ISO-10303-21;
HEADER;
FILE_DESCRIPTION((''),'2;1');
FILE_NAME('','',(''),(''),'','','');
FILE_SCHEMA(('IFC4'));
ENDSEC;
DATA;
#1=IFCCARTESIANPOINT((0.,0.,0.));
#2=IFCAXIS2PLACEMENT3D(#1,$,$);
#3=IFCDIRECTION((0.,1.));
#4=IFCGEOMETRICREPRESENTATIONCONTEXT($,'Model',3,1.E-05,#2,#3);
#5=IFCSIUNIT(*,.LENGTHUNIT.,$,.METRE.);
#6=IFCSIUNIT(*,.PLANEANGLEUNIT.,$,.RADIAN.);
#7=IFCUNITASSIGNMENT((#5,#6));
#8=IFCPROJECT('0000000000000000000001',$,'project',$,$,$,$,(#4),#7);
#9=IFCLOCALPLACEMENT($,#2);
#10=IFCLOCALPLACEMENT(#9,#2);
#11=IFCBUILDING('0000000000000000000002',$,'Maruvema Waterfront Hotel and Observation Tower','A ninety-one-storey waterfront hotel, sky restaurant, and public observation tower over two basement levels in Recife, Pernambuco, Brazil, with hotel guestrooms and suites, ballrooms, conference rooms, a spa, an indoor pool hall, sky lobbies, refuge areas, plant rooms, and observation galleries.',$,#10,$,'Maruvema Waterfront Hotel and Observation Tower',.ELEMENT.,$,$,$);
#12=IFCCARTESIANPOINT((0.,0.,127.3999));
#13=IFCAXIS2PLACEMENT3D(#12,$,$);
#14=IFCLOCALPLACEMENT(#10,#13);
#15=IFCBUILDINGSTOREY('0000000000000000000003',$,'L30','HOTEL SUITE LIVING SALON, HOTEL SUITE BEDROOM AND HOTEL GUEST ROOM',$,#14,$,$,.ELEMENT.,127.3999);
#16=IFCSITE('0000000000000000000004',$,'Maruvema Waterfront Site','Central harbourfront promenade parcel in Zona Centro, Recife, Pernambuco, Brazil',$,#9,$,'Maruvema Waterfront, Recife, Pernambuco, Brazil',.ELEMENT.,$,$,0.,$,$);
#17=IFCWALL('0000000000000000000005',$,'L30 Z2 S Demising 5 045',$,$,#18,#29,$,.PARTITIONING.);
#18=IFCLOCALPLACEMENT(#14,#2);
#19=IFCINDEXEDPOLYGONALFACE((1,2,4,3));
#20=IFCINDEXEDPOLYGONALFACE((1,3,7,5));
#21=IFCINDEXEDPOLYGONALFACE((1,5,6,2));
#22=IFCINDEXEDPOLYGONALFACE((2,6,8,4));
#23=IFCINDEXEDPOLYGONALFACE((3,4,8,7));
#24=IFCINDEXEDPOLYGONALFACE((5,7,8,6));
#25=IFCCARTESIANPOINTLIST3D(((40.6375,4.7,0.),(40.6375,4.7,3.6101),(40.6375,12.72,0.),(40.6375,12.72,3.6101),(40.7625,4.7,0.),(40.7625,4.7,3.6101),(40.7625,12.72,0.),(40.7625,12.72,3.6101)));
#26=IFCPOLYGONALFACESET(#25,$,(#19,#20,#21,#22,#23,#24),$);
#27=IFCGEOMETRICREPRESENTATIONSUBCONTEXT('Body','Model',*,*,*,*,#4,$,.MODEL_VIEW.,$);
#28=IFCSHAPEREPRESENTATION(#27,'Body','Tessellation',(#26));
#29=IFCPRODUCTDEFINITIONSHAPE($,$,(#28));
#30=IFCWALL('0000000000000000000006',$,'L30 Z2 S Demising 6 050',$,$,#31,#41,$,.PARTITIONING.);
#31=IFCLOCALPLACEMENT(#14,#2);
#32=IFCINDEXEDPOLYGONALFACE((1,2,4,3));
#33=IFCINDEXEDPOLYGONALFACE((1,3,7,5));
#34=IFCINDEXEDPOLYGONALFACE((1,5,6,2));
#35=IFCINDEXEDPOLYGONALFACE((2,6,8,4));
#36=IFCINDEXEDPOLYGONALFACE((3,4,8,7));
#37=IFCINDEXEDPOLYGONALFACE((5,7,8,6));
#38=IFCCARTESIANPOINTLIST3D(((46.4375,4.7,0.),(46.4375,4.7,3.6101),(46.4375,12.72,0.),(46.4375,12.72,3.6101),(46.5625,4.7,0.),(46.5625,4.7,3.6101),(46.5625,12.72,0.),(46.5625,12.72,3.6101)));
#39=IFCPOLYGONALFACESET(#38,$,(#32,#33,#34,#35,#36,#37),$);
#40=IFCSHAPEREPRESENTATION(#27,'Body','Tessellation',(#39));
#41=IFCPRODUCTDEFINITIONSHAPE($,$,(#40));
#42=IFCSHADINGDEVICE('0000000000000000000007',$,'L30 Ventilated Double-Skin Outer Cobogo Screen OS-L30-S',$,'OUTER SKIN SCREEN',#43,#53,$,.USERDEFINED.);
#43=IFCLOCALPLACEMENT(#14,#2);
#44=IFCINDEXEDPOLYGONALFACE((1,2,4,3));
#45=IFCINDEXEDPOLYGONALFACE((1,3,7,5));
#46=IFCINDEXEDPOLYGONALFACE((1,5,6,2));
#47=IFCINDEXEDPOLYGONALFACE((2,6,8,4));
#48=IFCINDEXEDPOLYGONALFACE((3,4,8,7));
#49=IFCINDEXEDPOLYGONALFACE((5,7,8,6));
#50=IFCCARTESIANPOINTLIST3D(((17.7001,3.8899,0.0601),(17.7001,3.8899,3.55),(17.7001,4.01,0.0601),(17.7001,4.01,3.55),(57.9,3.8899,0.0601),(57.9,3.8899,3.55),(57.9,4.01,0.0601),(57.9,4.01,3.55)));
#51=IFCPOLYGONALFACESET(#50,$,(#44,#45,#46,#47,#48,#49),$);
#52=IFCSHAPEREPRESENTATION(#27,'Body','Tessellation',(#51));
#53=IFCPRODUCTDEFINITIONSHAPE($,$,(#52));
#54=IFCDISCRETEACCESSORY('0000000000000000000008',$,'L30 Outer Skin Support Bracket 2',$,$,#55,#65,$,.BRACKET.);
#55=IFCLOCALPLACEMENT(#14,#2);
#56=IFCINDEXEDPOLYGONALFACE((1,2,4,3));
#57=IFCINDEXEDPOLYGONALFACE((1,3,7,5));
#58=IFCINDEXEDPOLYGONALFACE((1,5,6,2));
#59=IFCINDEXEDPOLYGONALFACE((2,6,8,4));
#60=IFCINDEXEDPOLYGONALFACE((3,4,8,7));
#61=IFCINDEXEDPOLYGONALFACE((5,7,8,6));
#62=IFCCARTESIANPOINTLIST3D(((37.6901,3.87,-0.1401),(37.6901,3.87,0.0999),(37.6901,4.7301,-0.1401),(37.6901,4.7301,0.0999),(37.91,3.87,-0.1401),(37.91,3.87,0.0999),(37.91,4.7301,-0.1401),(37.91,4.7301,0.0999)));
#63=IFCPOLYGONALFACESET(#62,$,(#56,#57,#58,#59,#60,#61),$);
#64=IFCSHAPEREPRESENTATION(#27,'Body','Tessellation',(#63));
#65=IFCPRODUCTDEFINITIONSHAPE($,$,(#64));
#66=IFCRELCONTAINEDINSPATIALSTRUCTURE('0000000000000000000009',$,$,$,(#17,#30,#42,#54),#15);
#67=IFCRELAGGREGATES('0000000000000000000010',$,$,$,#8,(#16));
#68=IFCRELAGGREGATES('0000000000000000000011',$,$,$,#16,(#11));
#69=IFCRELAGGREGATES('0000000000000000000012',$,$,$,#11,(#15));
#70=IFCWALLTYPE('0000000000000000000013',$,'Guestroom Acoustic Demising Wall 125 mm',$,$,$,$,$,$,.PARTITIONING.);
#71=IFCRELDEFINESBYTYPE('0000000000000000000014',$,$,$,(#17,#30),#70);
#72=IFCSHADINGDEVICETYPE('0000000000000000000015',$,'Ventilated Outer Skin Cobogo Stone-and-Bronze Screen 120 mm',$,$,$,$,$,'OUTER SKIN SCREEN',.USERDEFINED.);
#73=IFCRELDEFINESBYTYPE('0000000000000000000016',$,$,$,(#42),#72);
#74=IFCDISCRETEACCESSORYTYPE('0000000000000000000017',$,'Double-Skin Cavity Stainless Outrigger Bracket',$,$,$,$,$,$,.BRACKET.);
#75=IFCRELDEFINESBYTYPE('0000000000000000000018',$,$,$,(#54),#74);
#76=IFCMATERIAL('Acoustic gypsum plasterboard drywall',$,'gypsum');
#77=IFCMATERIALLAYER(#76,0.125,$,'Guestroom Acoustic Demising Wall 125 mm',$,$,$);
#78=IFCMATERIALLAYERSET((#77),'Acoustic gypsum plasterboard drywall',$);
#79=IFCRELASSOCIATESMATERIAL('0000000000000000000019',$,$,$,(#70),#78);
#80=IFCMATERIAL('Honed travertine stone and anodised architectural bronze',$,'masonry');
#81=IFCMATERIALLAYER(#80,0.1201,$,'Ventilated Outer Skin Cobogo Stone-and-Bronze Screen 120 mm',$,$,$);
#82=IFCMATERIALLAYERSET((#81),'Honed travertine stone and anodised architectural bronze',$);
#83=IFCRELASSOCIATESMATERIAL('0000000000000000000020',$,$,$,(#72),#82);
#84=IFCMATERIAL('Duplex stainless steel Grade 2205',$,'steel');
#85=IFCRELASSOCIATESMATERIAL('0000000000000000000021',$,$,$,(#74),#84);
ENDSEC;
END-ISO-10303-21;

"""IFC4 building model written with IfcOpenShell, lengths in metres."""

from ifc_helpers import new_model, si_unit, direction, frame, frame_2d, origin, origin_2d, place, context, subcontext, project, spatial, rectangle, extrude, material, layer, layer_set, type_object, element, save


model = new_model("IFC4")

# Units and contexts
model_context = context("Model", 3, precision=1e-05, world=origin(), true_north=direction((0.0, 1.0)))
body_context = subcontext(model_context, "Body", "Model", "MODEL_VIEW")
ifc_project = project(units=[si_unit("LENGTHUNIT", "METRE"), si_unit("PLANEANGLEUNIT", "RADIAN")], contexts=[model_context])

# Site, building, storey
site_placement = place(None, origin())
site = spatial("IfcSite", under=ifc_project, at=site_placement, Name="Maruvema Waterfront Site", Description="Central harbourfront promenade parcel in Zona Centro, Recife, Pernambuco, Brazil", LongName="Maruvema Waterfront, Recife, Pernambuco, Brazil", CompositionType="ELEMENT", RefElevation=0.0)
building_placement = place(site_placement, origin())
building = spatial("IfcBuilding", under=site, at=building_placement, Name="Maruvema Waterfront Hotel and Observation Tower", Description="A ninety-one-storey waterfront hotel, sky restaurant, and public observation tower over two basement levels in Recife, Pernambuco, Brazil, with hotel guestrooms and suites, ballrooms, conference rooms, a spa, an indoor pool hall, sky lobbies, refuge areas, plant rooms, and observation galleries.", LongName="Maruvema Waterfront Hotel and Observation Tower", CompositionType="ELEMENT")
storey_placement = place(building_placement, frame((0.0, 0.0, 127.3999)))
storey = spatial("IfcBuildingStorey", under=building, at=storey_placement, Name="L30", Description="HOTEL SUITE LIVING SALON, HOTEL SUITE BEDROOM AND HOTEL GUEST ROOM", CompositionType="ELEMENT", Elevation=127.3999)

# Walls
ifc_material_1 = material(Name="Acoustic gypsum plasterboard drywall", Category="gypsum")
ifc_layer_1 = layer(ifc_material_1, 0.125, Name="Guestroom Acoustic Demising Wall 125 mm")
ifc_layer_set_1 = layer_set([ifc_layer_1], Name="Acoustic gypsum plasterboard drywall")
wall_type_1 = type_object("IfcWallType", Name="Guestroom Acoustic Demising Wall 125 mm", PredefinedType="PARTITIONING", material=ifc_layer_set_1)
for number, where, z_axis, x_axis, name in (
    (1, (40.7, 4.7, 0.0), (0.0, 0.0, 1.0), (0.0, 1.0, 0.0), "L30 Z2 S Demising 5 045"),
    (2, (46.5, 4.7, 0.0), (0.0, 0.0, 1.0), (0.0, 1.0, 0.0), "L30 Z2 S Demising 6 050"),
):
    element("IfcWall", number, at=place(storey_placement, frame(where, z_axis=z_axis, x_axis=x_axis)), inside=storey, type_object=wall_type_1, Name=name, PredefinedType="PARTITIONING", context=body_context, shape_type="SweptSolid", body=[
        extrude(rectangle(XDim=8.02, YDim=0.125, at=frame_2d((4.01, 0.0))), origin(), (0.0, 0.0, 1.0), 3.6101),
    ])

# Shading device
ifc_material_2 = material(Name="Honed travertine stone and anodised architectural bronze", Category="masonry")
ifc_layer_2 = layer(ifc_material_2, 0.1201, Name="Ventilated Outer Skin Cobogo Stone-and-Bronze Screen 120 mm")
ifc_layer_set_2 = layer_set([ifc_layer_2], Name="Honed travertine stone and anodised architectural bronze")
shading_device_type = type_object("IfcShadingDeviceType", Name="Ventilated Outer Skin Cobogo Stone-and-Bronze Screen 120 mm", ElementType="OUTER SKIN SCREEN", PredefinedType="USERDEFINED", material=ifc_layer_set_2)
shading_device_placement = place(storey_placement, frame((37.8, 3.95, 0.0601), z_axis=(0.0, 0.0, 1.0), x_axis=(1.0, 0.0, 0.0)))
element("IfcShadingDevice", 3, at=shading_device_placement, inside=storey, type_object=shading_device_type, Name="L30 Ventilated Double-Skin Outer Cobogo Screen OS-L30-S", ObjectType="OUTER SKIN SCREEN", PredefinedType="USERDEFINED", context=body_context, shape_type="SweptSolid", body=[
    extrude(rectangle(XDim=40.2, YDim=0.1201, at=origin_2d()), origin(), (0.0, 0.0, 1.0), 3.49),
])

# Discrete accessory
ifc_material_3 = material(Name="Duplex stainless steel Grade 2205", Category="steel")
discrete_accessory_type = type_object("IfcDiscreteAccessoryType", Name="Double-Skin Cavity Stainless Outrigger Bracket", PredefinedType="BRACKET", material=ifc_material_3)
discrete_accessory_placement = place(storey_placement, frame((37.8, 4.3, -0.1401), z_axis=(0.0, 0.0, 1.0), x_axis=(1.0, 0.0, 0.0)))
element("IfcDiscreteAccessory", 4, at=discrete_accessory_placement, inside=storey, type_object=discrete_accessory_type, Name="L30 Outer Skin Support Bracket 2", PredefinedType="BRACKET", context=body_context, shape_type="SweptSolid", body=[
    extrude(rectangle(XDim=0.22, YDim=0.8601, at=origin_2d()), origin(), (0.0, 0.0, 1.0), 0.24),
])

save(model, "model.ifc")
